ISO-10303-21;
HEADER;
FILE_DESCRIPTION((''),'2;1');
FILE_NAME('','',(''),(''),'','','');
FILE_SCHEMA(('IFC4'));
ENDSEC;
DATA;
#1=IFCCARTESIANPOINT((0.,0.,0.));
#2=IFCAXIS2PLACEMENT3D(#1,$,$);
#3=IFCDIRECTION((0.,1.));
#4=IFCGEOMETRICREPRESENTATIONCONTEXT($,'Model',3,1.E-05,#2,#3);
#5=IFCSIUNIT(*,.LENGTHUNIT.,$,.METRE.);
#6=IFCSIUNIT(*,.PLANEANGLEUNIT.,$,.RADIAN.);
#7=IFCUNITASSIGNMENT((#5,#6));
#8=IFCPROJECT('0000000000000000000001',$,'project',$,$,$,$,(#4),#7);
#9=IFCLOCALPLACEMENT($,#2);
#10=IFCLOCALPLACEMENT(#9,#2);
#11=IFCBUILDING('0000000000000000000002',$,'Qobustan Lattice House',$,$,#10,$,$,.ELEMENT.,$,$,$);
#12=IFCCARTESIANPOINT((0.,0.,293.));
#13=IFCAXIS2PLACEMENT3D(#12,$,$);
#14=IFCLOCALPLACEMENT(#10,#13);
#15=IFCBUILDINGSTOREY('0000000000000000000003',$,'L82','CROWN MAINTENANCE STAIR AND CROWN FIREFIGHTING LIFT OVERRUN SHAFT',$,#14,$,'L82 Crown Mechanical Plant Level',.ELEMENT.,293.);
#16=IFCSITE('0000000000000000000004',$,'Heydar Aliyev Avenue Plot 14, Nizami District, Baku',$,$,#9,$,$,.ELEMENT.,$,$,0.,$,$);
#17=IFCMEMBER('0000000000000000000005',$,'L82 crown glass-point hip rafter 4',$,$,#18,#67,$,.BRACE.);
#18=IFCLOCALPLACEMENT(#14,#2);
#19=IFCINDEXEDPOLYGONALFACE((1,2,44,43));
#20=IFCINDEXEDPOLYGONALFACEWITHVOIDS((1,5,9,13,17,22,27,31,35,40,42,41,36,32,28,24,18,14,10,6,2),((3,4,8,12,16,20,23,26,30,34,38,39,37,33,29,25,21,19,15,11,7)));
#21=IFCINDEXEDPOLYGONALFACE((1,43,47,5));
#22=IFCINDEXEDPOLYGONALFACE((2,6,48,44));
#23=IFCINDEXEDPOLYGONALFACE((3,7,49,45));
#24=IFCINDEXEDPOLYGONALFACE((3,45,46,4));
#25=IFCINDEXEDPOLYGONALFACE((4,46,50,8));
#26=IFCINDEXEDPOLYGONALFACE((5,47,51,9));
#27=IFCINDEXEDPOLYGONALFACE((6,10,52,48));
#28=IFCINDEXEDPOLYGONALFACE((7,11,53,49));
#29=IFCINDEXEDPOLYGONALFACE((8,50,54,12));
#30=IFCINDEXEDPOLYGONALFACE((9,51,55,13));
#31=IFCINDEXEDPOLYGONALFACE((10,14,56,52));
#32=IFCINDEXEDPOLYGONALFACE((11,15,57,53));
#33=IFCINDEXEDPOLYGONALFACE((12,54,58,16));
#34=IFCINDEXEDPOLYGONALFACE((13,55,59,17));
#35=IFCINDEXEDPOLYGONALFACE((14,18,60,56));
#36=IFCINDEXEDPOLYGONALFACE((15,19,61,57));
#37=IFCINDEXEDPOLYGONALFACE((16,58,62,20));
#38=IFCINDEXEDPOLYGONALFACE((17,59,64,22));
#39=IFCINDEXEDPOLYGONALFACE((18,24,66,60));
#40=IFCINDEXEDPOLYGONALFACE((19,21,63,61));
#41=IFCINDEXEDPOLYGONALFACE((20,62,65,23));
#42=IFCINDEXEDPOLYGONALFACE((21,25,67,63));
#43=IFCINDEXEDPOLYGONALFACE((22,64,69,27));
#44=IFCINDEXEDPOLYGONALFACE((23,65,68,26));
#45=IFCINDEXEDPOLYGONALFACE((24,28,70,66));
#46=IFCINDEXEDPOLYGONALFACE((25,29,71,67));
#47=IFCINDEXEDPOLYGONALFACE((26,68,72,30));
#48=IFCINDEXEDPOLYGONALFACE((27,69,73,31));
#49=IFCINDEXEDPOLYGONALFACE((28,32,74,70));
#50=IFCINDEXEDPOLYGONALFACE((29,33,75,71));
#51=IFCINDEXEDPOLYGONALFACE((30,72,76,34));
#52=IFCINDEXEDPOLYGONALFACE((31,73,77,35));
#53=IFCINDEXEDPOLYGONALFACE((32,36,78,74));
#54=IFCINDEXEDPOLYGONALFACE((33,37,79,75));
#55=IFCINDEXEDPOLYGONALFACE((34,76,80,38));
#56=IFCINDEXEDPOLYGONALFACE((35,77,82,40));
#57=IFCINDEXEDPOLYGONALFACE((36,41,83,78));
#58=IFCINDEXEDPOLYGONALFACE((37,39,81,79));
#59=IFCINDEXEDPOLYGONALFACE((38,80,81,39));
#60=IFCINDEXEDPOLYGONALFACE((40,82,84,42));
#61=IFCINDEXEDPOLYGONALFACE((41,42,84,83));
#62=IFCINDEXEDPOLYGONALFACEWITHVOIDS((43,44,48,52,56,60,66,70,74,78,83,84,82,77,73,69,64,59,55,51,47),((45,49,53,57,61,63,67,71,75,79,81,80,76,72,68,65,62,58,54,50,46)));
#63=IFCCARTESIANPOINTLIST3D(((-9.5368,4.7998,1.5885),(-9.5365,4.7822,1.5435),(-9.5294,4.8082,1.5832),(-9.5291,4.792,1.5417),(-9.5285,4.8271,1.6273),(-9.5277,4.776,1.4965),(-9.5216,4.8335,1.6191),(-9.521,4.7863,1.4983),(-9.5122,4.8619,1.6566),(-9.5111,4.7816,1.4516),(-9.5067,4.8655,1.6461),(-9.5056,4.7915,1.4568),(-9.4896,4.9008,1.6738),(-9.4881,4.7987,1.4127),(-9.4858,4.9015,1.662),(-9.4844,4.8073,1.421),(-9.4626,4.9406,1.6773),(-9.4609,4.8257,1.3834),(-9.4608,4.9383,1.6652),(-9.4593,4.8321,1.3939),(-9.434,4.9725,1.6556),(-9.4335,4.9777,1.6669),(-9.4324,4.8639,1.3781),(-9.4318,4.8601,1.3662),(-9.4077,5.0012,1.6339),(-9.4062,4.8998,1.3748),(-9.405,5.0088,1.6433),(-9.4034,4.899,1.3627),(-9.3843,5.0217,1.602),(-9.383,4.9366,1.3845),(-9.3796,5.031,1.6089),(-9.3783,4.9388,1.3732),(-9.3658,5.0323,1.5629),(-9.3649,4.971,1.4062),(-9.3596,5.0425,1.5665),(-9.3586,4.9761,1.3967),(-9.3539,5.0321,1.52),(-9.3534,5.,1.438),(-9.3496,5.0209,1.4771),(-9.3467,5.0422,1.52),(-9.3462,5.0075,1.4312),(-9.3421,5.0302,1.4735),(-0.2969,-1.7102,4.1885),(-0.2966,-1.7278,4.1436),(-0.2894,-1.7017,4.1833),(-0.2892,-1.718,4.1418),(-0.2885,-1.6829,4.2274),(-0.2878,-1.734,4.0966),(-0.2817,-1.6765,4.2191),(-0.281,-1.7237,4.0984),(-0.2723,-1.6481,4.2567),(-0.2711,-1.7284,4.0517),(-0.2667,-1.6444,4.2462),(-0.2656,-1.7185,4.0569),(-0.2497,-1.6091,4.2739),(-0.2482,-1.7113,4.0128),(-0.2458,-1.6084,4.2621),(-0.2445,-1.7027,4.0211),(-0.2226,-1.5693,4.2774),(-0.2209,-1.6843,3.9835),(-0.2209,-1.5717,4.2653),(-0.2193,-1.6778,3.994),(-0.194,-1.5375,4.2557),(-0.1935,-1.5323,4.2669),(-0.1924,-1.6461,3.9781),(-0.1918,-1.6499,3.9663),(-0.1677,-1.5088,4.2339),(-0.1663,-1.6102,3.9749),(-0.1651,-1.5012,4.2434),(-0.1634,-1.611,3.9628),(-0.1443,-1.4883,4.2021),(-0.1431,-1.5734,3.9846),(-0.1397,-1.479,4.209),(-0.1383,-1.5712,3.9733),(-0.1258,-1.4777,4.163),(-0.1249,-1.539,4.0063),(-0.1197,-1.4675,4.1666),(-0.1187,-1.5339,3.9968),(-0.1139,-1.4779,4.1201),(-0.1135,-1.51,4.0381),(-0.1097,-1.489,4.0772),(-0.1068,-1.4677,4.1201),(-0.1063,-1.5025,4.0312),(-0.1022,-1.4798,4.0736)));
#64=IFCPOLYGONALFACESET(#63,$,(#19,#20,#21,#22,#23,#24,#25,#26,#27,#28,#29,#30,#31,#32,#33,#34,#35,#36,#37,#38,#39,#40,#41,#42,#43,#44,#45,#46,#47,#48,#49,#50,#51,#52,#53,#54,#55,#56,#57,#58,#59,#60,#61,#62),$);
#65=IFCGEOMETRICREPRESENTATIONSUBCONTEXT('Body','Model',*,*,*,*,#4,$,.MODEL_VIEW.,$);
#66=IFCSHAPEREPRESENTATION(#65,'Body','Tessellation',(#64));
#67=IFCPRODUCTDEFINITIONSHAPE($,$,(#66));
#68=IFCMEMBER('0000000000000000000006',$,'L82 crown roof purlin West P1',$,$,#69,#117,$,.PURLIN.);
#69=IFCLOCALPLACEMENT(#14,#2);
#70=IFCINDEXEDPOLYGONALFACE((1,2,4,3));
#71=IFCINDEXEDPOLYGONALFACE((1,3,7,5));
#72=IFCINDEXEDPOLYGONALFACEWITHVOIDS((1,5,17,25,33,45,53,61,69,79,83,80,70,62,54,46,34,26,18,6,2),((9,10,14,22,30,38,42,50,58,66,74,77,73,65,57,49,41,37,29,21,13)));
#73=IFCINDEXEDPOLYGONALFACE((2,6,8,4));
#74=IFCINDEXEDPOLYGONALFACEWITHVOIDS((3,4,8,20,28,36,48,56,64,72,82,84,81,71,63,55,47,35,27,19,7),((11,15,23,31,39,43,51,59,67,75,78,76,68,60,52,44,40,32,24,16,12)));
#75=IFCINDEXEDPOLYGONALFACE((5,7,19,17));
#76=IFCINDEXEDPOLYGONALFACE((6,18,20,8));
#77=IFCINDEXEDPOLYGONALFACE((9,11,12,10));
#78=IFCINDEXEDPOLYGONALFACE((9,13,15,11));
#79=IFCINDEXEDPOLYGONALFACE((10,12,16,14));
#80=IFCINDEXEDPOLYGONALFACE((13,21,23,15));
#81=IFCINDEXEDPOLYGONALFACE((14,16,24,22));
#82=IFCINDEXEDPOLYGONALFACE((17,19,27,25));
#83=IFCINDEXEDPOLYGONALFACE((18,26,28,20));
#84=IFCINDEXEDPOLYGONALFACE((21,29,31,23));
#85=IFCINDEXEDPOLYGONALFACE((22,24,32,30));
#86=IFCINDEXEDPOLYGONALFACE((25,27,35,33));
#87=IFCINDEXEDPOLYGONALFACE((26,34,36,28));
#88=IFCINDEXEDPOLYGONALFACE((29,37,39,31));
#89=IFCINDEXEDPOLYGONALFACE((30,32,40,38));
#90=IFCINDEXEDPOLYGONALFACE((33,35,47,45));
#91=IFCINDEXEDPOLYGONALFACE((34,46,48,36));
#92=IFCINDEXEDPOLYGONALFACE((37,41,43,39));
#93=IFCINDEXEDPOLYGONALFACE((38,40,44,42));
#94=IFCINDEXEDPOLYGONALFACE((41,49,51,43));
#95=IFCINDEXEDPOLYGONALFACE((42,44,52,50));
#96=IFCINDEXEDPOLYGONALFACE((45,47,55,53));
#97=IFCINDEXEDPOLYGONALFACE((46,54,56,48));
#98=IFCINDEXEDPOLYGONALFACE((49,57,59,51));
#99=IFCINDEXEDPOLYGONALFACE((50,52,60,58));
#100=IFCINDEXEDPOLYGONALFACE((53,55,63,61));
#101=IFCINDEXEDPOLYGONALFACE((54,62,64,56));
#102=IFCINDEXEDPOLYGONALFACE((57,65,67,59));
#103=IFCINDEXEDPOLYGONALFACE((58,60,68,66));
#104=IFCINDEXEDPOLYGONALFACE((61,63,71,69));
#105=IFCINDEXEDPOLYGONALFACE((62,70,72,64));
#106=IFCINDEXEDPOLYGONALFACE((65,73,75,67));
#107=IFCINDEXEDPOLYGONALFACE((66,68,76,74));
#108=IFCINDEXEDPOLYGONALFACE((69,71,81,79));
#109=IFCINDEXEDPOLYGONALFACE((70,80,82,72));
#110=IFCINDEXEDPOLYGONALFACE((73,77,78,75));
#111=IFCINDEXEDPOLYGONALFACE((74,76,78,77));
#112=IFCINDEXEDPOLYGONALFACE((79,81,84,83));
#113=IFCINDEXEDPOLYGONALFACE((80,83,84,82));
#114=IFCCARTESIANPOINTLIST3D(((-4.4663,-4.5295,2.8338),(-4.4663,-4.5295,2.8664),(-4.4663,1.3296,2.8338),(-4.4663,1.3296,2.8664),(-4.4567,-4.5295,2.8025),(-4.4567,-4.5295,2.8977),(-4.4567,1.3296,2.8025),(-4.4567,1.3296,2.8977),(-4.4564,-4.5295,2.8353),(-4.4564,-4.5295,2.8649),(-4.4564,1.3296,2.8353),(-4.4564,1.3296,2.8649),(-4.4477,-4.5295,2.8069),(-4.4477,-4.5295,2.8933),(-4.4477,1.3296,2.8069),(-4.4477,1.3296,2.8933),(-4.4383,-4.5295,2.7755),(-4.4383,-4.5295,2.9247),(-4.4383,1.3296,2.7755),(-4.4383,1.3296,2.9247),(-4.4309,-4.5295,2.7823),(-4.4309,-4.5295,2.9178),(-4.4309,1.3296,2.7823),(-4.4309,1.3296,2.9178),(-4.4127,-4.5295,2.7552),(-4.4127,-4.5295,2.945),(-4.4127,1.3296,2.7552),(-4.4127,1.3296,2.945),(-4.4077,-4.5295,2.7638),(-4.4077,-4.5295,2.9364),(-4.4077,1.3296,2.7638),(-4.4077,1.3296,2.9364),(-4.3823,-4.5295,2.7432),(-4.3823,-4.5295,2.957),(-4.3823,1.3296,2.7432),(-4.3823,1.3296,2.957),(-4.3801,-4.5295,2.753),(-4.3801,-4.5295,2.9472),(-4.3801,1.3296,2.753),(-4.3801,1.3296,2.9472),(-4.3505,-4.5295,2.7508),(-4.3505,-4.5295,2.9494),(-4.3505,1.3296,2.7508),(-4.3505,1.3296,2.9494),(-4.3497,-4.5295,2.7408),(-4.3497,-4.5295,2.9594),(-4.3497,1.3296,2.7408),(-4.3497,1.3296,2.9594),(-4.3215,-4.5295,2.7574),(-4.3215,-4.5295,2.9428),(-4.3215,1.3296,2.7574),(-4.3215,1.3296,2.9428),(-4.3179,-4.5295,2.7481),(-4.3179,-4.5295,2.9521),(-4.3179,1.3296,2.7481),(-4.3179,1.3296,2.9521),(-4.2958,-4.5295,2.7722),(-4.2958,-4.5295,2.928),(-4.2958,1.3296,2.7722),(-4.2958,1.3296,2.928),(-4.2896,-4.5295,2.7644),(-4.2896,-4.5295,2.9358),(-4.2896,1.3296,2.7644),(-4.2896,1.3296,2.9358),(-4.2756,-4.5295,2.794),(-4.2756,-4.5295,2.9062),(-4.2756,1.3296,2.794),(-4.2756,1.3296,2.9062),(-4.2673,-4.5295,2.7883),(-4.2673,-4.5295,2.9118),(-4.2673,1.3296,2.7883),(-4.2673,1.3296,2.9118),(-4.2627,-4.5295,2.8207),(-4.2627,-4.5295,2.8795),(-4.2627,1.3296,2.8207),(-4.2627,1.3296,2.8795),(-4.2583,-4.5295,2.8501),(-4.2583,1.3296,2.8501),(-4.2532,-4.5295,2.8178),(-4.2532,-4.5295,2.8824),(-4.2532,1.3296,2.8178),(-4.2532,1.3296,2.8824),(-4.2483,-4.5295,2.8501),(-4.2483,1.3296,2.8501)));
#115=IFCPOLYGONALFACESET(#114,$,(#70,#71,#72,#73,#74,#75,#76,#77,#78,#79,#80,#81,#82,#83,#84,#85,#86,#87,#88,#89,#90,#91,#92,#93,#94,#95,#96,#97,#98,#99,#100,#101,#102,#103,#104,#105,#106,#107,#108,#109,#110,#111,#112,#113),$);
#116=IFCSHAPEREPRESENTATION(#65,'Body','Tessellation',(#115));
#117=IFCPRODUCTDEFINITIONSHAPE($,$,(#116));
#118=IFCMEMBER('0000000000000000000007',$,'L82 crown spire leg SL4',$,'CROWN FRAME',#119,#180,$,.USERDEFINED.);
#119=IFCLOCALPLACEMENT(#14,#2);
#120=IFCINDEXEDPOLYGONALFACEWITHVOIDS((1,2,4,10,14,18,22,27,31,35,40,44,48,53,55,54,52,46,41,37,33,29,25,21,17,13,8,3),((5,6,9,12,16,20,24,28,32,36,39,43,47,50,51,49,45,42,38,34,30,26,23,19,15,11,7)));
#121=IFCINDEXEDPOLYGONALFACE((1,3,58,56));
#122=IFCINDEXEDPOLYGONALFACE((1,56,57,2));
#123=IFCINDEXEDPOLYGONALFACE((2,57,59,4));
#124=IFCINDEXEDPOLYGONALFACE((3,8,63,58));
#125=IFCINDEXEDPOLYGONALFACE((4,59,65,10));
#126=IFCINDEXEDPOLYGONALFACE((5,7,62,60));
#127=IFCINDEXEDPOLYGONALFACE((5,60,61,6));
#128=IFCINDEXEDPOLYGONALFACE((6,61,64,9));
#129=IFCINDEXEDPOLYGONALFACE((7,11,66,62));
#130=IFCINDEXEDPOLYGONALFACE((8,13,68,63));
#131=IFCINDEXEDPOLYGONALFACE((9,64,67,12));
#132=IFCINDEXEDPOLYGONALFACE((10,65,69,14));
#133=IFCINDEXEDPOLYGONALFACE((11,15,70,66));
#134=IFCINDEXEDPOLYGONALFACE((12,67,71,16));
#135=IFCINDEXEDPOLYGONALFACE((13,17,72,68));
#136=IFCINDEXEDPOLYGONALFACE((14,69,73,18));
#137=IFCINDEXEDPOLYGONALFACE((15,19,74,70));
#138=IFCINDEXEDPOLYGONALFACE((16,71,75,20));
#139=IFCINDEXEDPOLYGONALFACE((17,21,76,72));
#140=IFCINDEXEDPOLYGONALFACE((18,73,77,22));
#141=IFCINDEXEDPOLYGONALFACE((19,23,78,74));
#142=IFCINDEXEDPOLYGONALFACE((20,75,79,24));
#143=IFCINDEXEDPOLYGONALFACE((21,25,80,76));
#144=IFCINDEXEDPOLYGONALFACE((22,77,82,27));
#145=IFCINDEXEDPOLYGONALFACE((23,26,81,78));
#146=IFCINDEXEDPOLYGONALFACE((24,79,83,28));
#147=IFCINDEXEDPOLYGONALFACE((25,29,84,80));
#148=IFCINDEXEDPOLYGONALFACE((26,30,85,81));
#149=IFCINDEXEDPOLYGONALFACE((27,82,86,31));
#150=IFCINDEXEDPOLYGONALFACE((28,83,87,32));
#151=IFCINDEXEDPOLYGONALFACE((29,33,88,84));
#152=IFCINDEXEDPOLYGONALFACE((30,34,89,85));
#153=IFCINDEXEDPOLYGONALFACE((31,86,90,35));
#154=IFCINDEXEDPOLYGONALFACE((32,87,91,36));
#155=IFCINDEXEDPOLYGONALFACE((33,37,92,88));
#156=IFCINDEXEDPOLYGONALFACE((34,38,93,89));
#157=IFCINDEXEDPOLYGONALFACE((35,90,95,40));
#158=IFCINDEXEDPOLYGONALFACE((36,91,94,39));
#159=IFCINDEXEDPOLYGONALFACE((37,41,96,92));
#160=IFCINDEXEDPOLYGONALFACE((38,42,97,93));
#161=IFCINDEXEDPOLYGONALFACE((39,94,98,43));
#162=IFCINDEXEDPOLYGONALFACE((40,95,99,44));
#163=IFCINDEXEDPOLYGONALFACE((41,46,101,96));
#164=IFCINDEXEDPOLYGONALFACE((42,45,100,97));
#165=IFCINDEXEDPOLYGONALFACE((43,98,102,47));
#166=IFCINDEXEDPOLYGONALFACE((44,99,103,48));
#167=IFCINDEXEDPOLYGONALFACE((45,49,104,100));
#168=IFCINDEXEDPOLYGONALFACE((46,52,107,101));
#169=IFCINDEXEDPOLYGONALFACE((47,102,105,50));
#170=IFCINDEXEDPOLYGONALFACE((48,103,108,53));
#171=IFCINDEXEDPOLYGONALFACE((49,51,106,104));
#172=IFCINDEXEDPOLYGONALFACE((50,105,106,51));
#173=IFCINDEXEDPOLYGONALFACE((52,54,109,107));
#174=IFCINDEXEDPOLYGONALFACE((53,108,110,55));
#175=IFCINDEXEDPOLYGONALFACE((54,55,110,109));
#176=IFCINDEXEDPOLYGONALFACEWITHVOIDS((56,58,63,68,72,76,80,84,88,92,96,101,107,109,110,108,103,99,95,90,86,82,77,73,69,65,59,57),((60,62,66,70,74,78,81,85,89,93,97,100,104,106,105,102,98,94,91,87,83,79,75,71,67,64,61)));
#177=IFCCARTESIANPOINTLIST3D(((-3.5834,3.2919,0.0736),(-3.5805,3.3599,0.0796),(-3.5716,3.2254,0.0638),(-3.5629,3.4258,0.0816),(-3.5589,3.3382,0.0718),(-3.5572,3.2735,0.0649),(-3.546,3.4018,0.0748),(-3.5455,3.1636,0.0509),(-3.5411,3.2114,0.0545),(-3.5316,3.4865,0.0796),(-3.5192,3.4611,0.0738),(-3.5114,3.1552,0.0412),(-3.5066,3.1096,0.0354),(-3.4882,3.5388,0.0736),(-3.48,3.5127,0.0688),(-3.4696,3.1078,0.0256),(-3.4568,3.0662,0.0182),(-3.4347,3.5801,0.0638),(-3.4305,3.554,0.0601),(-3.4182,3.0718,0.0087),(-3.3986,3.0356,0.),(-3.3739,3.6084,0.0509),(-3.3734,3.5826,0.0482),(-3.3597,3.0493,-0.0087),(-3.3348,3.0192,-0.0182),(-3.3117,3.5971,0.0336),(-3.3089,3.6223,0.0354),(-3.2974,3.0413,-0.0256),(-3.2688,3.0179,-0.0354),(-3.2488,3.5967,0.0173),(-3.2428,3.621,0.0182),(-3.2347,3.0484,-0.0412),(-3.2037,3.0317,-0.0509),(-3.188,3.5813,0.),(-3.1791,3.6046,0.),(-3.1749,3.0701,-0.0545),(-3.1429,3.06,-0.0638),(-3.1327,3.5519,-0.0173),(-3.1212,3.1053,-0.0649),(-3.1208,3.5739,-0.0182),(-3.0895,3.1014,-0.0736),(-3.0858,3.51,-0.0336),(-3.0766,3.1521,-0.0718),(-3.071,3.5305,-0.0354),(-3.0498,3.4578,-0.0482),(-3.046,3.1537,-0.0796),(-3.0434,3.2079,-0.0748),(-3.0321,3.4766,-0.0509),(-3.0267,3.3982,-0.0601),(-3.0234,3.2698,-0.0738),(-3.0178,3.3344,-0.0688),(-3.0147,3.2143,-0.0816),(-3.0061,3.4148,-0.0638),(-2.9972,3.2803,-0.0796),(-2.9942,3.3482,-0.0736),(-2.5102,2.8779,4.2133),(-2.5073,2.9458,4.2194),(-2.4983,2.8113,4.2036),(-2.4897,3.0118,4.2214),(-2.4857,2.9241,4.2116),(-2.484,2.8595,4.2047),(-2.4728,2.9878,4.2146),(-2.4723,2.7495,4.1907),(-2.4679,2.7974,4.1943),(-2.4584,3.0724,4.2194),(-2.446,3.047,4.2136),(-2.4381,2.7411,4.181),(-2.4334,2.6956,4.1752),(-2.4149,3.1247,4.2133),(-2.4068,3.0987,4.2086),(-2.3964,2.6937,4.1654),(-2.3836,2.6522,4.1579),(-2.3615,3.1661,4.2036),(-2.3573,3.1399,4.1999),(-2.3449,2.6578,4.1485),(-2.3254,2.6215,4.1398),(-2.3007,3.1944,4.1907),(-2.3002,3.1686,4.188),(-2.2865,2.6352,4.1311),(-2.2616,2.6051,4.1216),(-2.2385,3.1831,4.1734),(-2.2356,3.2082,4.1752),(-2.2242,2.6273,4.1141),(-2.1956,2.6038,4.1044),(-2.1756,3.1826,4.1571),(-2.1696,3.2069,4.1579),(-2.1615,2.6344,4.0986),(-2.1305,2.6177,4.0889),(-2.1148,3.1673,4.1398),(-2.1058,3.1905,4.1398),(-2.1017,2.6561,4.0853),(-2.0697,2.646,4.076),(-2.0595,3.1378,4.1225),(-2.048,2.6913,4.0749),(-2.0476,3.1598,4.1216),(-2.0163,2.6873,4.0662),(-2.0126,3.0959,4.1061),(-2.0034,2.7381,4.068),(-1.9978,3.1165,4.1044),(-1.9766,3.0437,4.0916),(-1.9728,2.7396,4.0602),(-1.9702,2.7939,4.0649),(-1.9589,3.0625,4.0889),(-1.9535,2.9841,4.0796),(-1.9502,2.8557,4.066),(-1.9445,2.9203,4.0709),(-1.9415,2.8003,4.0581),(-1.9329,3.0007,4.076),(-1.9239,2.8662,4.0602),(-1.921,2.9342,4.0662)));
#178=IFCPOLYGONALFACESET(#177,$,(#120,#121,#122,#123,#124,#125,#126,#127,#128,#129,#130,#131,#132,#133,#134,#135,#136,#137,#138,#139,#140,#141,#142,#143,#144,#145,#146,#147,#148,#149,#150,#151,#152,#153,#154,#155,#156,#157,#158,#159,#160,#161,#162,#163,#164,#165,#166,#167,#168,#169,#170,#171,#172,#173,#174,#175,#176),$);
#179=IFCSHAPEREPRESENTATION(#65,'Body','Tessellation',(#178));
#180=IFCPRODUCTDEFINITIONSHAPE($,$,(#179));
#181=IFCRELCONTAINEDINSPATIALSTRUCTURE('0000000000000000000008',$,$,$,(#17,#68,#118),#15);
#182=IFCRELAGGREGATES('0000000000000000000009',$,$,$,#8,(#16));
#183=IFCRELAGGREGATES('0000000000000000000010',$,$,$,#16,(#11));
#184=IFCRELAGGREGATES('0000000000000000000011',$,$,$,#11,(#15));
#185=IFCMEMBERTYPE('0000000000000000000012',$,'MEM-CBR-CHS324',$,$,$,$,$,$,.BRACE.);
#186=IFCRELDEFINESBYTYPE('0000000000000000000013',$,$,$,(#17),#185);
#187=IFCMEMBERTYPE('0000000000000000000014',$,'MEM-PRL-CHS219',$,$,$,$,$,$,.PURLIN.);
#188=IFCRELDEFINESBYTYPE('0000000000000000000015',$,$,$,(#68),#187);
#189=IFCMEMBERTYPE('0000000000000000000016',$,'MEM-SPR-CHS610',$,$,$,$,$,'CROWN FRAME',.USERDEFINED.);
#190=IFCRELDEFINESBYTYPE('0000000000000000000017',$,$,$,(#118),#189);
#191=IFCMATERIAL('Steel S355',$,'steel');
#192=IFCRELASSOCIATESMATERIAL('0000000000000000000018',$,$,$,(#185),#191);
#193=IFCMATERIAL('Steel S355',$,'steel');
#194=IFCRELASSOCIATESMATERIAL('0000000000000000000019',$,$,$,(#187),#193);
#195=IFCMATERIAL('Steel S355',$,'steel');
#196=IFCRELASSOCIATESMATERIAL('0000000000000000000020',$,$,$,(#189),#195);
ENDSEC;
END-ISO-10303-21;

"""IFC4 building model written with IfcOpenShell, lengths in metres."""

from ifc_helpers import new_model, si_unit, direction, frame, origin, origin_2d, place, context, subcontext, project, spatial, hollow_circle, extrude, material, material_profile, profile_set, type_object, element, save


model = new_model("IFC4")

# Units and contexts
model_context = context("Model", 3, precision=1e-05, world=origin(), true_north=direction((0.0, 1.0)))
body_context = subcontext(model_context, "Body", "Model", "MODEL_VIEW")
ifc_project = project(units=[si_unit("LENGTHUNIT", "METRE"), si_unit("PLANEANGLEUNIT", "RADIAN")], contexts=[model_context])

# Site, building, storey
site_placement = place(None, origin())
site = spatial("IfcSite", under=ifc_project, at=site_placement, Name="Heydar Aliyev Avenue Plot 14, Nizami District, Baku", CompositionType="ELEMENT", RefElevation=0.0)
building_placement = place(site_placement, origin())
building = spatial("IfcBuilding", under=site, at=building_placement, Name="Qobustan Lattice House", CompositionType="ELEMENT")
storey_placement = place(building_placement, frame((0.0, 0.0, 293.0)))
storey = spatial("IfcBuildingStorey", under=building, at=storey_placement, Name="L82", Description="CROWN MAINTENANCE STAIR AND CROWN FIREFIGHTING LIFT OVERRUN SHAFT", LongName="L82 Crown Mechanical Plant Level", CompositionType="ELEMENT", Elevation=293.0)

# Members
ifc_material_1 = material(Name="Steel S355", Category="steel")
ifc_material_profile_1 = material_profile(ifc_material_1, hollow_circle(Radius=0.1619, WallThickness=0.0125, at=origin_2d()), Name="CHS323.9x12.5")
ifc_profile_set_1 = profile_set([ifc_material_profile_1], Name="Steel S355")
member_type_1 = type_object("IfcMemberType", Name="MEM-CBR-CHS324", PredefinedType="BRACE", material=ifc_profile_set_1)
member_1_placement = place(storey_placement, frame((-9.4399, 4.9099, 1.52), z_axis=(0.796675, -0.561295, 0.224181), x_axis=(0.575955, 0.817482, 0.0)))
element("IfcMember", 1, at=member_1_placement, inside=storey, type_object=member_type_1, Name="L82 crown glass-point hip rafter 4", PredefinedType="BRACE", context=body_context, shape_type="SweptSolid", body=[
    extrude(hollow_circle(Radius=0.1619, WallThickness=0.0125, at=origin_2d()), origin(), (0.0, 0.0, 1.0), 11.5981),
])
ifc_material_2 = material(Name="Steel S355", Category="steel")
ifc_material_profile_2 = material_profile(ifc_material_2, hollow_circle(Radius=0.1096, WallThickness=0.01, at=origin_2d()), Name="CHS219.1x10")
ifc_profile_set_2 = profile_set([ifc_material_profile_2], Name="Steel S355")
member_type_2 = type_object("IfcMemberType", Name="MEM-PRL-CHS219", PredefinedType="PURLIN", material=ifc_profile_set_2)
member_2_placement = place(storey_placement, frame((-4.3579, 1.3296, 2.8501), z_axis=(0.0, -1.0, 0.0), x_axis=(1.0, 0.0, 0.0)))
element("IfcMember", 2, at=member_2_placement, inside=storey, type_object=member_type_2, Name="L82 crown roof purlin West P1", PredefinedType="PURLIN", context=body_context, shape_type="SweptSolid", body=[
    extrude(hollow_circle(Radius=0.1096, WallThickness=0.01, at=origin_2d()), origin(), (0.0, 0.0, 1.0), 5.8591),
])
ifc_material_3 = material(Name="Steel S355", Category="steel")
ifc_material_profile_3 = material_profile(ifc_material_3, hollow_circle(Radius=0.3049, WallThickness=0.0249, at=origin_2d()), Name="CHS610x25")
ifc_profile_set_3 = profile_set([ifc_material_profile_3], Name="Steel S355")
member_type_3 = type_object("IfcMemberType", Name="MEM-SPR-CHS610", ElementType="CROWN FRAME", PredefinedType="USERDEFINED", material=ifc_profile_set_3)
member_3_placement = place(storey_placement, frame((-3.2888, 3.3201, 0.0), z_axis=(0.24978, -0.096367, 0.963495), x_axis=(0.359946, 0.932973, 0.0)))
element("IfcMember", 3, at=member_3_placement, inside=storey, type_object=member_type_3, Name="L82 crown spire leg SL4", ObjectType="CROWN FRAME", PredefinedType="USERDEFINED", context=body_context, shape_type="SweptSolid", body=[
    extrude(hollow_circle(Radius=0.3049, WallThickness=0.0249, at=origin_2d()), origin(), (0.0, 0.0, 1.0), 4.2966),
])

save(model, "model.ifc")
